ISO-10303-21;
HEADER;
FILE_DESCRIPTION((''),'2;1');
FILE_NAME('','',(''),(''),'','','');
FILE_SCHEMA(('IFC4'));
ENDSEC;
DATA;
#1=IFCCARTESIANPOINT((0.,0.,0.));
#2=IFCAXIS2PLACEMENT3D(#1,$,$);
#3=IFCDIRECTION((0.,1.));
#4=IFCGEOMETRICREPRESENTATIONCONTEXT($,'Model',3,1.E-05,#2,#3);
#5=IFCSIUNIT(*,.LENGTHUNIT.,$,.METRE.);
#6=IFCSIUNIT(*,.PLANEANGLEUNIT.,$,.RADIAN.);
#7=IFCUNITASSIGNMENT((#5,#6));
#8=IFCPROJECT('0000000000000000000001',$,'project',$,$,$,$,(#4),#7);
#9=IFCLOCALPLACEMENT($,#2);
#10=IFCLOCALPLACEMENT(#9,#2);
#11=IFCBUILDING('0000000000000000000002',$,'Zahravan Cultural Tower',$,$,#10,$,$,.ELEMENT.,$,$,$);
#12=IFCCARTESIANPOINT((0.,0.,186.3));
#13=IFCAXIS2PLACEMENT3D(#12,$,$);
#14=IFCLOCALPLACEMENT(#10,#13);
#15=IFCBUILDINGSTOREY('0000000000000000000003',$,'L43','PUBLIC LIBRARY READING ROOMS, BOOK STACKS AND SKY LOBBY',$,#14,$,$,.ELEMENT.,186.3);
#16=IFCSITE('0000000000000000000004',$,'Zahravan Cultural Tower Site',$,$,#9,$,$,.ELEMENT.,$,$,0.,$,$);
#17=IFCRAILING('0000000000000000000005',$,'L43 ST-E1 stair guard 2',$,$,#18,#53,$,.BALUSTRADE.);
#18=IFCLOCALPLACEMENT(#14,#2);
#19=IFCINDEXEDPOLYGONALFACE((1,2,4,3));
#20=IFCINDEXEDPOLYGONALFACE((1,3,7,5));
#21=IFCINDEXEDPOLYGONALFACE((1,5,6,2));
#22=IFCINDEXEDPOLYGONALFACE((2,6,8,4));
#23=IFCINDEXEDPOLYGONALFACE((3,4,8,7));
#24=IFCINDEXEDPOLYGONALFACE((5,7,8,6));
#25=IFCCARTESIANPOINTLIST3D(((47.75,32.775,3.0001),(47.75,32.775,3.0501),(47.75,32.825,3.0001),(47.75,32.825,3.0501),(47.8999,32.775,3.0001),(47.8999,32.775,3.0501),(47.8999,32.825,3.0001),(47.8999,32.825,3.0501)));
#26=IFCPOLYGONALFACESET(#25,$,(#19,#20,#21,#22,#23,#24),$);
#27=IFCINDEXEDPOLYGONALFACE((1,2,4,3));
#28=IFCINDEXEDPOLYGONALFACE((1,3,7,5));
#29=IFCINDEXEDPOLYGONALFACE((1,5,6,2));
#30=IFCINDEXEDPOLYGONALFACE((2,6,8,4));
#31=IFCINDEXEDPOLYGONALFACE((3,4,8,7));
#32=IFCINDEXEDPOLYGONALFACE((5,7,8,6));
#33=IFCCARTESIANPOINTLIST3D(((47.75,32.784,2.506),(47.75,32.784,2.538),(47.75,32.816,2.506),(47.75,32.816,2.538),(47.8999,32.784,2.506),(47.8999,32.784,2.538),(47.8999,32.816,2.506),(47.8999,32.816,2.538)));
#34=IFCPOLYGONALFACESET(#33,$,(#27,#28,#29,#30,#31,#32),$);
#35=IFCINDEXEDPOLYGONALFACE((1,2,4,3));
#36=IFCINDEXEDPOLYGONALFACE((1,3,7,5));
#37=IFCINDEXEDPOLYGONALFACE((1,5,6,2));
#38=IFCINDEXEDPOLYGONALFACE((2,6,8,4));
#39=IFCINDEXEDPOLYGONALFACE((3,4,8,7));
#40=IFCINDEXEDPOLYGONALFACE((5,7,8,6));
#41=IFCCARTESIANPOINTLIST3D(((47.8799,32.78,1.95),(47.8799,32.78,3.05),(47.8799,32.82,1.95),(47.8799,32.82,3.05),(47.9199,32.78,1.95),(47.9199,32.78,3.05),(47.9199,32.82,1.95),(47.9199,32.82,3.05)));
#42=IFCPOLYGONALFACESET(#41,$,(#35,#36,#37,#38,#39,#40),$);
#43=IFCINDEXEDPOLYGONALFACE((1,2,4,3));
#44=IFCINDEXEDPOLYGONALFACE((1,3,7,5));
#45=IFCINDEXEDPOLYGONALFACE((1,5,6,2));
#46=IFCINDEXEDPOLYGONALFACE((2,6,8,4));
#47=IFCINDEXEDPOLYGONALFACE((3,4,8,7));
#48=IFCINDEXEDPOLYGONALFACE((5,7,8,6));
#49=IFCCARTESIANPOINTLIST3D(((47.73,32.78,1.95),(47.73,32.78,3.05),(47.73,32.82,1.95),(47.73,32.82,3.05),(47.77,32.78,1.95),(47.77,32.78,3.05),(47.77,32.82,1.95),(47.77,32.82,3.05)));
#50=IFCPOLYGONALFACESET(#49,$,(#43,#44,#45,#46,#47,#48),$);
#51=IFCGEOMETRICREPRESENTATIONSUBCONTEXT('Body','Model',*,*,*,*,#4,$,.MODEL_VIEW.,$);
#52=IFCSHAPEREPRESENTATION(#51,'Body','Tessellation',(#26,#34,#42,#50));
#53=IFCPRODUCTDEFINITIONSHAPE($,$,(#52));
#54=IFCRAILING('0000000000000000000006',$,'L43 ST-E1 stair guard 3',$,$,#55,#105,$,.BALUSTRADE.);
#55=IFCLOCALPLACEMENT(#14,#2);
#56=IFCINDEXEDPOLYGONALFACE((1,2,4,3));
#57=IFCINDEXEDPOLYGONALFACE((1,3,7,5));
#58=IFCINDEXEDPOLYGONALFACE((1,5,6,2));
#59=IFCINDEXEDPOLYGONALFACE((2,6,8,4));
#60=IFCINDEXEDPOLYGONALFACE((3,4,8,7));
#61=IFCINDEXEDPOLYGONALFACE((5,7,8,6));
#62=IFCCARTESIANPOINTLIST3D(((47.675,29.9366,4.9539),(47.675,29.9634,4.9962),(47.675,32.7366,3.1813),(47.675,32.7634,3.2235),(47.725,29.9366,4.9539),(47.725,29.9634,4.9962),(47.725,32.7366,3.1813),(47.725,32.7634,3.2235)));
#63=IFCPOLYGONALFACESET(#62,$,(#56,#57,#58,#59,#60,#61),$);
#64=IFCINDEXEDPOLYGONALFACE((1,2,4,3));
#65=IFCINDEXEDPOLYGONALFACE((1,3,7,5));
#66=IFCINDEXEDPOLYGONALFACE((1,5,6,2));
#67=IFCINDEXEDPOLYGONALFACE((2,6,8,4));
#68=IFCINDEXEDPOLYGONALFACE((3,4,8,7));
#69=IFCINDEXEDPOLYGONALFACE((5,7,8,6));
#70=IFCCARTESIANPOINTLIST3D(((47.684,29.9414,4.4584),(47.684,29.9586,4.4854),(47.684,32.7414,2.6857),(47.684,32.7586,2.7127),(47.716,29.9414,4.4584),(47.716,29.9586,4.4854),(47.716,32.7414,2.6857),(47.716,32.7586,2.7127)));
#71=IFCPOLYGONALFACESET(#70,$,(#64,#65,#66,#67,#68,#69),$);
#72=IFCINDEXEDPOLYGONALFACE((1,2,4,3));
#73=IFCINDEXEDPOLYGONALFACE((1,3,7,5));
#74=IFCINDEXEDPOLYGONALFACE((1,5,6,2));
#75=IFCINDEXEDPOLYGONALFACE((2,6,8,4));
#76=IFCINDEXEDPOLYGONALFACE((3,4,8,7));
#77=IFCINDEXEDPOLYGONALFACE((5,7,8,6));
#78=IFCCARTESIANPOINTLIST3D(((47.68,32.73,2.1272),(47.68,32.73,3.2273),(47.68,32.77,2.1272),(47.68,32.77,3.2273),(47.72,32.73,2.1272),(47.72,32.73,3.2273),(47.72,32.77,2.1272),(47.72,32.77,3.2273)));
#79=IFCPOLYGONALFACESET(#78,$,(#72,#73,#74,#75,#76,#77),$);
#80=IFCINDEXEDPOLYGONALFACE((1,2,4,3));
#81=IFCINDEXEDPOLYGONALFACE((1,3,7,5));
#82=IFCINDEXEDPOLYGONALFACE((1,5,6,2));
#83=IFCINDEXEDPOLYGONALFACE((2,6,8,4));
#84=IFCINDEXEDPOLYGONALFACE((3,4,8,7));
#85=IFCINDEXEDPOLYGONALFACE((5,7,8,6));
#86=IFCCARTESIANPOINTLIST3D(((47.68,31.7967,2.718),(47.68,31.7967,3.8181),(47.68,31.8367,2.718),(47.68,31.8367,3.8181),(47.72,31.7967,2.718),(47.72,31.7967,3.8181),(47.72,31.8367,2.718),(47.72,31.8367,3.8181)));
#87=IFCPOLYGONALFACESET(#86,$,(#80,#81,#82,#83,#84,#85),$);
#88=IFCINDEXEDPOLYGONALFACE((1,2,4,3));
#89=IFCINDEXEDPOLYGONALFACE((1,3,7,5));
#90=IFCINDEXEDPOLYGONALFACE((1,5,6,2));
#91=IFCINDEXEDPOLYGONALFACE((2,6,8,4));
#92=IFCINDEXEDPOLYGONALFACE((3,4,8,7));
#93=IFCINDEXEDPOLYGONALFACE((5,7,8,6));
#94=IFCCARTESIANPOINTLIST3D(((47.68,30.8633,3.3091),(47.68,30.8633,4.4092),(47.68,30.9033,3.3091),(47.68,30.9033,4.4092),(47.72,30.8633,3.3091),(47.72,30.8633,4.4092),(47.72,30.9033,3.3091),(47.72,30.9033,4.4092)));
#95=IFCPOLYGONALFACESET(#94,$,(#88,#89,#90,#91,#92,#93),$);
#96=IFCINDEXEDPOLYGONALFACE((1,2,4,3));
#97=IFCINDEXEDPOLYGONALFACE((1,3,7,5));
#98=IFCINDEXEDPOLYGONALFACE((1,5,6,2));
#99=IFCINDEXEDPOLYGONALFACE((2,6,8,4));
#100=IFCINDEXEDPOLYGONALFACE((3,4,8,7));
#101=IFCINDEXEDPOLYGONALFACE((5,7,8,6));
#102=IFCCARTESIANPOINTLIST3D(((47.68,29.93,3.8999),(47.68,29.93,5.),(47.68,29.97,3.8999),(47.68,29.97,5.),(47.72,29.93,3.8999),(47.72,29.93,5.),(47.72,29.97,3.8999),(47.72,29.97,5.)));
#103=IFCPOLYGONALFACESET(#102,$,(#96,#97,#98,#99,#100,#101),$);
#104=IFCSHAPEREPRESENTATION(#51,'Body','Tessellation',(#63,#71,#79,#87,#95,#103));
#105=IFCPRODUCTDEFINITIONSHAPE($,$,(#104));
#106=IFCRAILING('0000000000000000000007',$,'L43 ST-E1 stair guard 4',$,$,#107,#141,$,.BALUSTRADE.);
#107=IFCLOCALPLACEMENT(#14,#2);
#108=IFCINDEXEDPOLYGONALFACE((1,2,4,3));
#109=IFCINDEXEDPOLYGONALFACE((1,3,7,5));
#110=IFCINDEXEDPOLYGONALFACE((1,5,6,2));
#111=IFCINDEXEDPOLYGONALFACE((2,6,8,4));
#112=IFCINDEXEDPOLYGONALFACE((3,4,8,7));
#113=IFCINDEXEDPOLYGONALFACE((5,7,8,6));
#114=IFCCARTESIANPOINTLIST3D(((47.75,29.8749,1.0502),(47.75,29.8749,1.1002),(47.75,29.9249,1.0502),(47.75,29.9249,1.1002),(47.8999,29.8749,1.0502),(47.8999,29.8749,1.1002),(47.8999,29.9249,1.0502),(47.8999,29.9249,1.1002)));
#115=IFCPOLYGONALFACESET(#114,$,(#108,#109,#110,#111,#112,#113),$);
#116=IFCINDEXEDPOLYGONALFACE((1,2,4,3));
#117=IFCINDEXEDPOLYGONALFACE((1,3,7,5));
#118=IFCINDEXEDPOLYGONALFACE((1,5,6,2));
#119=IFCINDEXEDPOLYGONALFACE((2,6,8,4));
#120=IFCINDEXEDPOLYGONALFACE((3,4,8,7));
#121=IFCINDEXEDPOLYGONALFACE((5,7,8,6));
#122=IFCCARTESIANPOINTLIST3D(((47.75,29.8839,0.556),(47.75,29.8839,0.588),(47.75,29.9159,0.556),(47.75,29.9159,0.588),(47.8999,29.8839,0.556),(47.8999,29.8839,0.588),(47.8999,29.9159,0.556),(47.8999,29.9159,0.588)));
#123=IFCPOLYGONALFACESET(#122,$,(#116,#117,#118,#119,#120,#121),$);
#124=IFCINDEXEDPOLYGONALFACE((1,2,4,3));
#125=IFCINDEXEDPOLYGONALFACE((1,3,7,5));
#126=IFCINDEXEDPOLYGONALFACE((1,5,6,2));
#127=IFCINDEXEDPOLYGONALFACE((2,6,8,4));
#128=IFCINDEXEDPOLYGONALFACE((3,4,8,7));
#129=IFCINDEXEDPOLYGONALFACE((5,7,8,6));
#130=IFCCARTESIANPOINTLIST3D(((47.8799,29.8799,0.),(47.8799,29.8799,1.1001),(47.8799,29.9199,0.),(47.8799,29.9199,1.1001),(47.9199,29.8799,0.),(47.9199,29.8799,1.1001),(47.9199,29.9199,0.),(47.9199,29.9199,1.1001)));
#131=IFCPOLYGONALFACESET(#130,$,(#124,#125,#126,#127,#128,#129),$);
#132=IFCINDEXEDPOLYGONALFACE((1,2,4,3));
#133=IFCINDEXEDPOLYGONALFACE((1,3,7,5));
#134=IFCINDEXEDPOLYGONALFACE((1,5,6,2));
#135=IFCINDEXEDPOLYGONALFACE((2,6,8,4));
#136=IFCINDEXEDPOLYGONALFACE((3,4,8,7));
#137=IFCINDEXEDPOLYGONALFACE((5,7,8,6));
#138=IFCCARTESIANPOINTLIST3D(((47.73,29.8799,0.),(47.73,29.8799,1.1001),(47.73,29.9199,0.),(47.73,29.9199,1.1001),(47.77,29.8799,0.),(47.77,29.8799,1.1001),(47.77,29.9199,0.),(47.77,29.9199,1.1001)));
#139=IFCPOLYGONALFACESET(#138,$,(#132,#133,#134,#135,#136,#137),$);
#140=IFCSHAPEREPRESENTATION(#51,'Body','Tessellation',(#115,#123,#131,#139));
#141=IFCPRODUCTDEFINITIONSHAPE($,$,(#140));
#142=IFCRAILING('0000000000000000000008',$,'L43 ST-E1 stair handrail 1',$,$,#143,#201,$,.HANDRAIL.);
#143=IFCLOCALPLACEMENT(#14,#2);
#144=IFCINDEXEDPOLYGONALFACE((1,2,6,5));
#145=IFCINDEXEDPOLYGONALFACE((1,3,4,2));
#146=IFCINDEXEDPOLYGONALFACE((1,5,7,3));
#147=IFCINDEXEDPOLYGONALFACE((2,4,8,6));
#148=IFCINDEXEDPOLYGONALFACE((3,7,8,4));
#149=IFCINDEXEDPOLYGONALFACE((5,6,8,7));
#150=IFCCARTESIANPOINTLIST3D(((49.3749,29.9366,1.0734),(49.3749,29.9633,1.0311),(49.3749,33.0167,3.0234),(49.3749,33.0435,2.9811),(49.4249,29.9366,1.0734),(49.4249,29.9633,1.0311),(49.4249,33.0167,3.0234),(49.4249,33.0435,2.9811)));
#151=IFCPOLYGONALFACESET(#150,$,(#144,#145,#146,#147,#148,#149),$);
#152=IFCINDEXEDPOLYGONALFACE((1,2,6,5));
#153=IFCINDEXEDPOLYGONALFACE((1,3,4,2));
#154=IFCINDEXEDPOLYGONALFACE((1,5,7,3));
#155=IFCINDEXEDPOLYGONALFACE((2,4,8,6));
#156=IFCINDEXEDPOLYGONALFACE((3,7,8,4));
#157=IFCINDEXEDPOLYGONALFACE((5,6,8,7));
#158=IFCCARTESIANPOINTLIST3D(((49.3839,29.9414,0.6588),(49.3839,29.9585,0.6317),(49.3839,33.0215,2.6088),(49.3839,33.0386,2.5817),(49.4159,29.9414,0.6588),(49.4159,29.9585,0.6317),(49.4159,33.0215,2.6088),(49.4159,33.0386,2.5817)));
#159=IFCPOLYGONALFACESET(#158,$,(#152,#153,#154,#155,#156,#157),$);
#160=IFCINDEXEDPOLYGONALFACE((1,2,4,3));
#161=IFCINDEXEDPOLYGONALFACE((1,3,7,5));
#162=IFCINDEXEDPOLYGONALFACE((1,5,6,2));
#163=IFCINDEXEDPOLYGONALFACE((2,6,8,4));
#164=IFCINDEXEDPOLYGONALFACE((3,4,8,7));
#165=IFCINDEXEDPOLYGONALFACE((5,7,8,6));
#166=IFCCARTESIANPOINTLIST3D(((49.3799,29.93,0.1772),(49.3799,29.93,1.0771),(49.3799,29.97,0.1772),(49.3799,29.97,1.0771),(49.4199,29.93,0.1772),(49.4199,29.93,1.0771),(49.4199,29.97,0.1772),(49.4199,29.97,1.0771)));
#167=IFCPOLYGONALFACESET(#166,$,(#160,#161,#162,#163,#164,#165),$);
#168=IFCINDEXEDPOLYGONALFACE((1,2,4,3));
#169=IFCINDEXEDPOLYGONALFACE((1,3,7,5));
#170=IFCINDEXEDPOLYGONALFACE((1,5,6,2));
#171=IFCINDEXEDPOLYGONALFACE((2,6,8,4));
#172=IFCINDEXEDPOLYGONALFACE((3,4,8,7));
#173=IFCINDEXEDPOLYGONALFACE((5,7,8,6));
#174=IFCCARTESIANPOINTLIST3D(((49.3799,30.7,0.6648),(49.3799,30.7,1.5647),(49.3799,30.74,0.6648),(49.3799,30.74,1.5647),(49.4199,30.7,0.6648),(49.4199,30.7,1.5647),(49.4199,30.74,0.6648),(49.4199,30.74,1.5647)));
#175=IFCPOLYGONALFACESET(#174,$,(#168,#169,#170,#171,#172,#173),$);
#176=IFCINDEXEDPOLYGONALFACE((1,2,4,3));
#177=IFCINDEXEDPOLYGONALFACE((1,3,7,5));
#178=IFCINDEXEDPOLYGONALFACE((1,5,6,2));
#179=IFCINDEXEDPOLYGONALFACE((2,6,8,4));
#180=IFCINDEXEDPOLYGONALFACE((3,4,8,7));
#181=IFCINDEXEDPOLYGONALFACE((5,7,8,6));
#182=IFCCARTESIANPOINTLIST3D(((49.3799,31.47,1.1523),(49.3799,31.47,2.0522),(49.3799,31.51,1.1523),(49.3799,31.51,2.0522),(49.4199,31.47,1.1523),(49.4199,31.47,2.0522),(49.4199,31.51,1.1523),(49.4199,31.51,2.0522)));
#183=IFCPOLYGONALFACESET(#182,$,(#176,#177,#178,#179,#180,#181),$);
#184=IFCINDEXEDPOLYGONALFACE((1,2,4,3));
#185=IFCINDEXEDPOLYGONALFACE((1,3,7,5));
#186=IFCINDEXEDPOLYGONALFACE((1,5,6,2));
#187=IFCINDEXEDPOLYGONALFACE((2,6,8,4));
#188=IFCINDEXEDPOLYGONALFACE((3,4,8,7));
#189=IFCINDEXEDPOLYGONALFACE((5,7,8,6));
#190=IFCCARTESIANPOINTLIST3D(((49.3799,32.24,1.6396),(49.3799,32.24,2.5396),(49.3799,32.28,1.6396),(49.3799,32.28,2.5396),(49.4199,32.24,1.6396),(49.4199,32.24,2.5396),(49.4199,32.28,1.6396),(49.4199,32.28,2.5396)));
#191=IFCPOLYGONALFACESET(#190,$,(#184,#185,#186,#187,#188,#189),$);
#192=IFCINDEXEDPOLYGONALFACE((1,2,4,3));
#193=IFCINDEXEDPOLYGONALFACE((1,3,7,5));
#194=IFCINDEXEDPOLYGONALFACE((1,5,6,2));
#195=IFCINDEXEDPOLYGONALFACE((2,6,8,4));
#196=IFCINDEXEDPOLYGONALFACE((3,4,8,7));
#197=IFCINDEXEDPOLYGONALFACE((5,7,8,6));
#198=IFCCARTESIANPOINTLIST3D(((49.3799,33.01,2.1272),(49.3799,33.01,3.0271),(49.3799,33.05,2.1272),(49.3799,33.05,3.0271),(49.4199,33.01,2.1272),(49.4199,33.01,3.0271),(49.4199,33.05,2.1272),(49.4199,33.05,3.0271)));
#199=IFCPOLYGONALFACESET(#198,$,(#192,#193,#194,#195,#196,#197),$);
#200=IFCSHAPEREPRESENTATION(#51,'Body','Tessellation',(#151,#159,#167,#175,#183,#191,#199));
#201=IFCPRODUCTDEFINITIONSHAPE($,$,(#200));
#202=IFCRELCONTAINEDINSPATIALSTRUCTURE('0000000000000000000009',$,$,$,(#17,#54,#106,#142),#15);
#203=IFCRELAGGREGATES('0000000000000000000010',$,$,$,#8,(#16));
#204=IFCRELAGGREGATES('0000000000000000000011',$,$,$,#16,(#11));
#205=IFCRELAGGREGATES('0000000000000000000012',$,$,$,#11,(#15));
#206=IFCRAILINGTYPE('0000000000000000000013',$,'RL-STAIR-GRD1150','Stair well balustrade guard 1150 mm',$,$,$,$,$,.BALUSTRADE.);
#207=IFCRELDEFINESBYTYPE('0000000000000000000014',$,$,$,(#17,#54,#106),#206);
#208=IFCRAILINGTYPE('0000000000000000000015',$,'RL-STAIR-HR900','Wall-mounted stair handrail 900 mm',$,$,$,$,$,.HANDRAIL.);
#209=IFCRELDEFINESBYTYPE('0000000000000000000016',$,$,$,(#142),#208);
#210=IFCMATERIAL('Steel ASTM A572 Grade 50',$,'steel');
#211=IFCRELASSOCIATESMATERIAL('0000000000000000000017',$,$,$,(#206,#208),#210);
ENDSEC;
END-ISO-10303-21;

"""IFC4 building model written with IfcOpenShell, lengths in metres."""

from ifc_helpers import new_model, si_unit, direction, frame, origin, origin_2d, place, context, subcontext, project, spatial, rectangle, extrude, material, type_object, element, save


model = new_model("IFC4")

# Units and contexts
model_context = context("Model", 3, precision=1e-05, world=origin(), true_north=direction((0.0, 1.0)))
body_context = subcontext(model_context, "Body", "Model", "MODEL_VIEW")
ifc_project = project(units=[si_unit("LENGTHUNIT", "METRE"), si_unit("PLANEANGLEUNIT", "RADIAN")], contexts=[model_context])

# Site, building, storey
site_placement = place(None, origin())
site = spatial("IfcSite", under=ifc_project, at=site_placement, Name="Zahravan Cultural Tower Site", CompositionType="ELEMENT", RefElevation=0.0)
building_placement = place(site_placement, origin())
building = spatial("IfcBuilding", under=site, at=building_placement, Name="Zahravan Cultural Tower", CompositionType="ELEMENT")
storey_placement = place(building_placement, frame((0.0, 0.0, 186.3)))
storey = spatial("IfcBuildingStorey", under=building, at=storey_placement, Name="L43", Description="PUBLIC LIBRARY READING ROOMS, BOOK STACKS AND SKY LOBBY", CompositionType="ELEMENT", Elevation=186.3)

# Shared definitions
ifc_material_1 = material(Name="Steel ASTM A572 Grade 50", Category="steel")

# Railings
railing_type_1 = type_object("IfcRailingType", Name="RL-STAIR-GRD1150", Description="Stair well balustrade guard 1150 mm", PredefinedType="BALUSTRADE", material=ifc_material_1)
railing_1_placement = place(storey_placement, frame((47.8999, 32.8, 1.95)))
element("IfcRailing", 1, at=railing_1_placement, inside=storey, type_object=railing_type_1, Name="L43 ST-E1 stair guard 2", PredefinedType="BALUSTRADE", context=body_context, shape_type="SweptSolid", body=[
    extrude(rectangle(XDim=0.05, YDim=0.05, at=origin_2d()), frame((0.0, 0.0, 1.0752), z_axis=(-1.0, 0.0, 0.0), x_axis=(0.0, -1.0, 0.0)), (0.0, 0.0, 1.0), 0.1499),
    extrude(rectangle(XDim=0.032, YDim=0.032, at=origin_2d()), frame((0.0, 0.0, 0.572), z_axis=(-1.0, 0.0, 0.0), x_axis=(0.0, -1.0, 0.0)), (0.0, 0.0, 1.0), 0.1499),
    extrude(rectangle(XDim=0.04, YDim=0.04, at=origin_2d()), origin(), (0.0, 0.0, 1.0), 1.1001),
    extrude(rectangle(XDim=0.04, YDim=0.04, at=origin_2d()), frame((-0.1499, 0.0, 0.0)), (0.0, 0.0, 1.0), 1.1001),
])
railing_2_placement = place(storey_placement, frame((47.7, 32.75, 2.1272)))
element("IfcRailing", 2, at=railing_2_placement, inside=storey, type_object=railing_type_1, Name="L43 ST-E1 stair guard 3", PredefinedType="BALUSTRADE", context=body_context, shape_type="SweptSolid", body=[
    extrude(rectangle(XDim=0.05, YDim=0.05, at=origin_2d()), frame((0.0, 0.0, 1.0752), z_axis=(0.0, -0.844909, 0.53491), x_axis=(1.0, 0.0, 0.0)), (0.0, 0.0, 1.0), 3.314),
    extrude(rectangle(XDim=0.032, YDim=0.032, at=origin_2d()), frame((0.0, 0.0, 0.572), z_axis=(0.0, -0.844909, 0.53491), x_axis=(1.0, 0.0, 0.0)), (0.0, 0.0, 1.0), 3.314),
    extrude(rectangle(XDim=0.04, YDim=0.04, at=origin_2d()), origin(), (0.0, 0.0, 1.0), 1.1001),
    extrude(rectangle(XDim=0.04, YDim=0.04, at=origin_2d()), frame((0.0, -0.9333, 0.5908)), (0.0, 0.0, 1.0), 1.1001),
    extrude(rectangle(XDim=0.04, YDim=0.04, at=origin_2d()), frame((0.0, -1.8667, 1.1819)), (0.0, 0.0, 1.0), 1.1001),
    extrude(rectangle(XDim=0.04, YDim=0.04, at=origin_2d()), frame((0.0, -2.8, 1.7727)), (0.0, 0.0, 1.0), 1.1001),
])
railing_3_placement = place(storey_placement, frame((47.8999, 29.8999, 0.0)))
element("IfcRailing", 3, at=railing_3_placement, inside=storey, type_object=railing_type_1, Name="L43 ST-E1 stair guard 4", PredefinedType="BALUSTRADE", context=body_context, shape_type="SweptSolid", body=[
    extrude(rectangle(XDim=0.05, YDim=0.05, at=origin_2d()), frame((0.0, 0.0, 1.0752), z_axis=(-1.0, 0.0, 0.0), x_axis=(0.0, -1.0, 0.0)), (0.0, 0.0, 1.0), 0.1499),
    extrude(rectangle(XDim=0.032, YDim=0.032, at=origin_2d()), frame((0.0, 0.0, 0.572), z_axis=(-1.0, 0.0, 0.0), x_axis=(0.0, -1.0, 0.0)), (0.0, 0.0, 1.0), 0.1499),
    extrude(rectangle(XDim=0.04, YDim=0.04, at=origin_2d()), origin(), (0.0, 0.0, 1.0), 1.1001),
    extrude(rectangle(XDim=0.04, YDim=0.04, at=origin_2d()), frame((-0.1499, 0.0, 0.0)), (0.0, 0.0, 1.0), 1.1001),
])
railing_type_2 = type_object("IfcRailingType", Name="RL-STAIR-HR900", Description="Wall-mounted stair handrail 900 mm", PredefinedType="HANDRAIL", material=ifc_material_1)
railing_4_placement = place(storey_placement, frame((49.3999, 29.95, 0.1772)))
element("IfcRailing", 4, at=railing_4_placement, inside=storey, type_object=railing_type_2, Name="L43 ST-E1 stair handrail 1", PredefinedType="HANDRAIL", context=body_context, shape_type="SweptSolid", body=[
    extrude(rectangle(XDim=0.05, YDim=0.05, at=origin_2d()), frame((0.0, 0.0, 0.875), z_axis=(0.0, 0.844914, 0.534902), x_axis=(-1.0, 0.0, 0.0)), (0.0, 0.0, 1.0), 3.6455),
    extrude(rectangle(XDim=0.032, YDim=0.032, at=origin_2d()), frame((0.0, 0.0, 0.468), z_axis=(0.0, 0.844914, 0.534902), x_axis=(-1.0, 0.0, 0.0)), (0.0, 0.0, 1.0), 3.6455),
    extrude(rectangle(XDim=0.04, YDim=0.04, at=origin_2d()), origin(), (0.0, 0.0, 1.0), 0.8999),
    extrude(rectangle(XDim=0.04, YDim=0.04, at=origin_2d()), frame((0.0, 0.77, 0.4875)), (0.0, 0.0, 1.0), 0.8999),
    extrude(rectangle(XDim=0.04, YDim=0.04, at=origin_2d()), frame((0.0, 1.54, 0.9751)), (0.0, 0.0, 1.0), 0.8999),
    extrude(rectangle(XDim=0.04, YDim=0.04, at=origin_2d()), frame((0.0, 2.3101, 1.4624)), (0.0, 0.0, 1.0), 0.8999),
    extrude(rectangle(XDim=0.04, YDim=0.04, at=origin_2d()), frame((0.0, 3.0801, 1.95)), (0.0, 0.0, 1.0), 0.8999),
])

save(model, "model.ifc")
